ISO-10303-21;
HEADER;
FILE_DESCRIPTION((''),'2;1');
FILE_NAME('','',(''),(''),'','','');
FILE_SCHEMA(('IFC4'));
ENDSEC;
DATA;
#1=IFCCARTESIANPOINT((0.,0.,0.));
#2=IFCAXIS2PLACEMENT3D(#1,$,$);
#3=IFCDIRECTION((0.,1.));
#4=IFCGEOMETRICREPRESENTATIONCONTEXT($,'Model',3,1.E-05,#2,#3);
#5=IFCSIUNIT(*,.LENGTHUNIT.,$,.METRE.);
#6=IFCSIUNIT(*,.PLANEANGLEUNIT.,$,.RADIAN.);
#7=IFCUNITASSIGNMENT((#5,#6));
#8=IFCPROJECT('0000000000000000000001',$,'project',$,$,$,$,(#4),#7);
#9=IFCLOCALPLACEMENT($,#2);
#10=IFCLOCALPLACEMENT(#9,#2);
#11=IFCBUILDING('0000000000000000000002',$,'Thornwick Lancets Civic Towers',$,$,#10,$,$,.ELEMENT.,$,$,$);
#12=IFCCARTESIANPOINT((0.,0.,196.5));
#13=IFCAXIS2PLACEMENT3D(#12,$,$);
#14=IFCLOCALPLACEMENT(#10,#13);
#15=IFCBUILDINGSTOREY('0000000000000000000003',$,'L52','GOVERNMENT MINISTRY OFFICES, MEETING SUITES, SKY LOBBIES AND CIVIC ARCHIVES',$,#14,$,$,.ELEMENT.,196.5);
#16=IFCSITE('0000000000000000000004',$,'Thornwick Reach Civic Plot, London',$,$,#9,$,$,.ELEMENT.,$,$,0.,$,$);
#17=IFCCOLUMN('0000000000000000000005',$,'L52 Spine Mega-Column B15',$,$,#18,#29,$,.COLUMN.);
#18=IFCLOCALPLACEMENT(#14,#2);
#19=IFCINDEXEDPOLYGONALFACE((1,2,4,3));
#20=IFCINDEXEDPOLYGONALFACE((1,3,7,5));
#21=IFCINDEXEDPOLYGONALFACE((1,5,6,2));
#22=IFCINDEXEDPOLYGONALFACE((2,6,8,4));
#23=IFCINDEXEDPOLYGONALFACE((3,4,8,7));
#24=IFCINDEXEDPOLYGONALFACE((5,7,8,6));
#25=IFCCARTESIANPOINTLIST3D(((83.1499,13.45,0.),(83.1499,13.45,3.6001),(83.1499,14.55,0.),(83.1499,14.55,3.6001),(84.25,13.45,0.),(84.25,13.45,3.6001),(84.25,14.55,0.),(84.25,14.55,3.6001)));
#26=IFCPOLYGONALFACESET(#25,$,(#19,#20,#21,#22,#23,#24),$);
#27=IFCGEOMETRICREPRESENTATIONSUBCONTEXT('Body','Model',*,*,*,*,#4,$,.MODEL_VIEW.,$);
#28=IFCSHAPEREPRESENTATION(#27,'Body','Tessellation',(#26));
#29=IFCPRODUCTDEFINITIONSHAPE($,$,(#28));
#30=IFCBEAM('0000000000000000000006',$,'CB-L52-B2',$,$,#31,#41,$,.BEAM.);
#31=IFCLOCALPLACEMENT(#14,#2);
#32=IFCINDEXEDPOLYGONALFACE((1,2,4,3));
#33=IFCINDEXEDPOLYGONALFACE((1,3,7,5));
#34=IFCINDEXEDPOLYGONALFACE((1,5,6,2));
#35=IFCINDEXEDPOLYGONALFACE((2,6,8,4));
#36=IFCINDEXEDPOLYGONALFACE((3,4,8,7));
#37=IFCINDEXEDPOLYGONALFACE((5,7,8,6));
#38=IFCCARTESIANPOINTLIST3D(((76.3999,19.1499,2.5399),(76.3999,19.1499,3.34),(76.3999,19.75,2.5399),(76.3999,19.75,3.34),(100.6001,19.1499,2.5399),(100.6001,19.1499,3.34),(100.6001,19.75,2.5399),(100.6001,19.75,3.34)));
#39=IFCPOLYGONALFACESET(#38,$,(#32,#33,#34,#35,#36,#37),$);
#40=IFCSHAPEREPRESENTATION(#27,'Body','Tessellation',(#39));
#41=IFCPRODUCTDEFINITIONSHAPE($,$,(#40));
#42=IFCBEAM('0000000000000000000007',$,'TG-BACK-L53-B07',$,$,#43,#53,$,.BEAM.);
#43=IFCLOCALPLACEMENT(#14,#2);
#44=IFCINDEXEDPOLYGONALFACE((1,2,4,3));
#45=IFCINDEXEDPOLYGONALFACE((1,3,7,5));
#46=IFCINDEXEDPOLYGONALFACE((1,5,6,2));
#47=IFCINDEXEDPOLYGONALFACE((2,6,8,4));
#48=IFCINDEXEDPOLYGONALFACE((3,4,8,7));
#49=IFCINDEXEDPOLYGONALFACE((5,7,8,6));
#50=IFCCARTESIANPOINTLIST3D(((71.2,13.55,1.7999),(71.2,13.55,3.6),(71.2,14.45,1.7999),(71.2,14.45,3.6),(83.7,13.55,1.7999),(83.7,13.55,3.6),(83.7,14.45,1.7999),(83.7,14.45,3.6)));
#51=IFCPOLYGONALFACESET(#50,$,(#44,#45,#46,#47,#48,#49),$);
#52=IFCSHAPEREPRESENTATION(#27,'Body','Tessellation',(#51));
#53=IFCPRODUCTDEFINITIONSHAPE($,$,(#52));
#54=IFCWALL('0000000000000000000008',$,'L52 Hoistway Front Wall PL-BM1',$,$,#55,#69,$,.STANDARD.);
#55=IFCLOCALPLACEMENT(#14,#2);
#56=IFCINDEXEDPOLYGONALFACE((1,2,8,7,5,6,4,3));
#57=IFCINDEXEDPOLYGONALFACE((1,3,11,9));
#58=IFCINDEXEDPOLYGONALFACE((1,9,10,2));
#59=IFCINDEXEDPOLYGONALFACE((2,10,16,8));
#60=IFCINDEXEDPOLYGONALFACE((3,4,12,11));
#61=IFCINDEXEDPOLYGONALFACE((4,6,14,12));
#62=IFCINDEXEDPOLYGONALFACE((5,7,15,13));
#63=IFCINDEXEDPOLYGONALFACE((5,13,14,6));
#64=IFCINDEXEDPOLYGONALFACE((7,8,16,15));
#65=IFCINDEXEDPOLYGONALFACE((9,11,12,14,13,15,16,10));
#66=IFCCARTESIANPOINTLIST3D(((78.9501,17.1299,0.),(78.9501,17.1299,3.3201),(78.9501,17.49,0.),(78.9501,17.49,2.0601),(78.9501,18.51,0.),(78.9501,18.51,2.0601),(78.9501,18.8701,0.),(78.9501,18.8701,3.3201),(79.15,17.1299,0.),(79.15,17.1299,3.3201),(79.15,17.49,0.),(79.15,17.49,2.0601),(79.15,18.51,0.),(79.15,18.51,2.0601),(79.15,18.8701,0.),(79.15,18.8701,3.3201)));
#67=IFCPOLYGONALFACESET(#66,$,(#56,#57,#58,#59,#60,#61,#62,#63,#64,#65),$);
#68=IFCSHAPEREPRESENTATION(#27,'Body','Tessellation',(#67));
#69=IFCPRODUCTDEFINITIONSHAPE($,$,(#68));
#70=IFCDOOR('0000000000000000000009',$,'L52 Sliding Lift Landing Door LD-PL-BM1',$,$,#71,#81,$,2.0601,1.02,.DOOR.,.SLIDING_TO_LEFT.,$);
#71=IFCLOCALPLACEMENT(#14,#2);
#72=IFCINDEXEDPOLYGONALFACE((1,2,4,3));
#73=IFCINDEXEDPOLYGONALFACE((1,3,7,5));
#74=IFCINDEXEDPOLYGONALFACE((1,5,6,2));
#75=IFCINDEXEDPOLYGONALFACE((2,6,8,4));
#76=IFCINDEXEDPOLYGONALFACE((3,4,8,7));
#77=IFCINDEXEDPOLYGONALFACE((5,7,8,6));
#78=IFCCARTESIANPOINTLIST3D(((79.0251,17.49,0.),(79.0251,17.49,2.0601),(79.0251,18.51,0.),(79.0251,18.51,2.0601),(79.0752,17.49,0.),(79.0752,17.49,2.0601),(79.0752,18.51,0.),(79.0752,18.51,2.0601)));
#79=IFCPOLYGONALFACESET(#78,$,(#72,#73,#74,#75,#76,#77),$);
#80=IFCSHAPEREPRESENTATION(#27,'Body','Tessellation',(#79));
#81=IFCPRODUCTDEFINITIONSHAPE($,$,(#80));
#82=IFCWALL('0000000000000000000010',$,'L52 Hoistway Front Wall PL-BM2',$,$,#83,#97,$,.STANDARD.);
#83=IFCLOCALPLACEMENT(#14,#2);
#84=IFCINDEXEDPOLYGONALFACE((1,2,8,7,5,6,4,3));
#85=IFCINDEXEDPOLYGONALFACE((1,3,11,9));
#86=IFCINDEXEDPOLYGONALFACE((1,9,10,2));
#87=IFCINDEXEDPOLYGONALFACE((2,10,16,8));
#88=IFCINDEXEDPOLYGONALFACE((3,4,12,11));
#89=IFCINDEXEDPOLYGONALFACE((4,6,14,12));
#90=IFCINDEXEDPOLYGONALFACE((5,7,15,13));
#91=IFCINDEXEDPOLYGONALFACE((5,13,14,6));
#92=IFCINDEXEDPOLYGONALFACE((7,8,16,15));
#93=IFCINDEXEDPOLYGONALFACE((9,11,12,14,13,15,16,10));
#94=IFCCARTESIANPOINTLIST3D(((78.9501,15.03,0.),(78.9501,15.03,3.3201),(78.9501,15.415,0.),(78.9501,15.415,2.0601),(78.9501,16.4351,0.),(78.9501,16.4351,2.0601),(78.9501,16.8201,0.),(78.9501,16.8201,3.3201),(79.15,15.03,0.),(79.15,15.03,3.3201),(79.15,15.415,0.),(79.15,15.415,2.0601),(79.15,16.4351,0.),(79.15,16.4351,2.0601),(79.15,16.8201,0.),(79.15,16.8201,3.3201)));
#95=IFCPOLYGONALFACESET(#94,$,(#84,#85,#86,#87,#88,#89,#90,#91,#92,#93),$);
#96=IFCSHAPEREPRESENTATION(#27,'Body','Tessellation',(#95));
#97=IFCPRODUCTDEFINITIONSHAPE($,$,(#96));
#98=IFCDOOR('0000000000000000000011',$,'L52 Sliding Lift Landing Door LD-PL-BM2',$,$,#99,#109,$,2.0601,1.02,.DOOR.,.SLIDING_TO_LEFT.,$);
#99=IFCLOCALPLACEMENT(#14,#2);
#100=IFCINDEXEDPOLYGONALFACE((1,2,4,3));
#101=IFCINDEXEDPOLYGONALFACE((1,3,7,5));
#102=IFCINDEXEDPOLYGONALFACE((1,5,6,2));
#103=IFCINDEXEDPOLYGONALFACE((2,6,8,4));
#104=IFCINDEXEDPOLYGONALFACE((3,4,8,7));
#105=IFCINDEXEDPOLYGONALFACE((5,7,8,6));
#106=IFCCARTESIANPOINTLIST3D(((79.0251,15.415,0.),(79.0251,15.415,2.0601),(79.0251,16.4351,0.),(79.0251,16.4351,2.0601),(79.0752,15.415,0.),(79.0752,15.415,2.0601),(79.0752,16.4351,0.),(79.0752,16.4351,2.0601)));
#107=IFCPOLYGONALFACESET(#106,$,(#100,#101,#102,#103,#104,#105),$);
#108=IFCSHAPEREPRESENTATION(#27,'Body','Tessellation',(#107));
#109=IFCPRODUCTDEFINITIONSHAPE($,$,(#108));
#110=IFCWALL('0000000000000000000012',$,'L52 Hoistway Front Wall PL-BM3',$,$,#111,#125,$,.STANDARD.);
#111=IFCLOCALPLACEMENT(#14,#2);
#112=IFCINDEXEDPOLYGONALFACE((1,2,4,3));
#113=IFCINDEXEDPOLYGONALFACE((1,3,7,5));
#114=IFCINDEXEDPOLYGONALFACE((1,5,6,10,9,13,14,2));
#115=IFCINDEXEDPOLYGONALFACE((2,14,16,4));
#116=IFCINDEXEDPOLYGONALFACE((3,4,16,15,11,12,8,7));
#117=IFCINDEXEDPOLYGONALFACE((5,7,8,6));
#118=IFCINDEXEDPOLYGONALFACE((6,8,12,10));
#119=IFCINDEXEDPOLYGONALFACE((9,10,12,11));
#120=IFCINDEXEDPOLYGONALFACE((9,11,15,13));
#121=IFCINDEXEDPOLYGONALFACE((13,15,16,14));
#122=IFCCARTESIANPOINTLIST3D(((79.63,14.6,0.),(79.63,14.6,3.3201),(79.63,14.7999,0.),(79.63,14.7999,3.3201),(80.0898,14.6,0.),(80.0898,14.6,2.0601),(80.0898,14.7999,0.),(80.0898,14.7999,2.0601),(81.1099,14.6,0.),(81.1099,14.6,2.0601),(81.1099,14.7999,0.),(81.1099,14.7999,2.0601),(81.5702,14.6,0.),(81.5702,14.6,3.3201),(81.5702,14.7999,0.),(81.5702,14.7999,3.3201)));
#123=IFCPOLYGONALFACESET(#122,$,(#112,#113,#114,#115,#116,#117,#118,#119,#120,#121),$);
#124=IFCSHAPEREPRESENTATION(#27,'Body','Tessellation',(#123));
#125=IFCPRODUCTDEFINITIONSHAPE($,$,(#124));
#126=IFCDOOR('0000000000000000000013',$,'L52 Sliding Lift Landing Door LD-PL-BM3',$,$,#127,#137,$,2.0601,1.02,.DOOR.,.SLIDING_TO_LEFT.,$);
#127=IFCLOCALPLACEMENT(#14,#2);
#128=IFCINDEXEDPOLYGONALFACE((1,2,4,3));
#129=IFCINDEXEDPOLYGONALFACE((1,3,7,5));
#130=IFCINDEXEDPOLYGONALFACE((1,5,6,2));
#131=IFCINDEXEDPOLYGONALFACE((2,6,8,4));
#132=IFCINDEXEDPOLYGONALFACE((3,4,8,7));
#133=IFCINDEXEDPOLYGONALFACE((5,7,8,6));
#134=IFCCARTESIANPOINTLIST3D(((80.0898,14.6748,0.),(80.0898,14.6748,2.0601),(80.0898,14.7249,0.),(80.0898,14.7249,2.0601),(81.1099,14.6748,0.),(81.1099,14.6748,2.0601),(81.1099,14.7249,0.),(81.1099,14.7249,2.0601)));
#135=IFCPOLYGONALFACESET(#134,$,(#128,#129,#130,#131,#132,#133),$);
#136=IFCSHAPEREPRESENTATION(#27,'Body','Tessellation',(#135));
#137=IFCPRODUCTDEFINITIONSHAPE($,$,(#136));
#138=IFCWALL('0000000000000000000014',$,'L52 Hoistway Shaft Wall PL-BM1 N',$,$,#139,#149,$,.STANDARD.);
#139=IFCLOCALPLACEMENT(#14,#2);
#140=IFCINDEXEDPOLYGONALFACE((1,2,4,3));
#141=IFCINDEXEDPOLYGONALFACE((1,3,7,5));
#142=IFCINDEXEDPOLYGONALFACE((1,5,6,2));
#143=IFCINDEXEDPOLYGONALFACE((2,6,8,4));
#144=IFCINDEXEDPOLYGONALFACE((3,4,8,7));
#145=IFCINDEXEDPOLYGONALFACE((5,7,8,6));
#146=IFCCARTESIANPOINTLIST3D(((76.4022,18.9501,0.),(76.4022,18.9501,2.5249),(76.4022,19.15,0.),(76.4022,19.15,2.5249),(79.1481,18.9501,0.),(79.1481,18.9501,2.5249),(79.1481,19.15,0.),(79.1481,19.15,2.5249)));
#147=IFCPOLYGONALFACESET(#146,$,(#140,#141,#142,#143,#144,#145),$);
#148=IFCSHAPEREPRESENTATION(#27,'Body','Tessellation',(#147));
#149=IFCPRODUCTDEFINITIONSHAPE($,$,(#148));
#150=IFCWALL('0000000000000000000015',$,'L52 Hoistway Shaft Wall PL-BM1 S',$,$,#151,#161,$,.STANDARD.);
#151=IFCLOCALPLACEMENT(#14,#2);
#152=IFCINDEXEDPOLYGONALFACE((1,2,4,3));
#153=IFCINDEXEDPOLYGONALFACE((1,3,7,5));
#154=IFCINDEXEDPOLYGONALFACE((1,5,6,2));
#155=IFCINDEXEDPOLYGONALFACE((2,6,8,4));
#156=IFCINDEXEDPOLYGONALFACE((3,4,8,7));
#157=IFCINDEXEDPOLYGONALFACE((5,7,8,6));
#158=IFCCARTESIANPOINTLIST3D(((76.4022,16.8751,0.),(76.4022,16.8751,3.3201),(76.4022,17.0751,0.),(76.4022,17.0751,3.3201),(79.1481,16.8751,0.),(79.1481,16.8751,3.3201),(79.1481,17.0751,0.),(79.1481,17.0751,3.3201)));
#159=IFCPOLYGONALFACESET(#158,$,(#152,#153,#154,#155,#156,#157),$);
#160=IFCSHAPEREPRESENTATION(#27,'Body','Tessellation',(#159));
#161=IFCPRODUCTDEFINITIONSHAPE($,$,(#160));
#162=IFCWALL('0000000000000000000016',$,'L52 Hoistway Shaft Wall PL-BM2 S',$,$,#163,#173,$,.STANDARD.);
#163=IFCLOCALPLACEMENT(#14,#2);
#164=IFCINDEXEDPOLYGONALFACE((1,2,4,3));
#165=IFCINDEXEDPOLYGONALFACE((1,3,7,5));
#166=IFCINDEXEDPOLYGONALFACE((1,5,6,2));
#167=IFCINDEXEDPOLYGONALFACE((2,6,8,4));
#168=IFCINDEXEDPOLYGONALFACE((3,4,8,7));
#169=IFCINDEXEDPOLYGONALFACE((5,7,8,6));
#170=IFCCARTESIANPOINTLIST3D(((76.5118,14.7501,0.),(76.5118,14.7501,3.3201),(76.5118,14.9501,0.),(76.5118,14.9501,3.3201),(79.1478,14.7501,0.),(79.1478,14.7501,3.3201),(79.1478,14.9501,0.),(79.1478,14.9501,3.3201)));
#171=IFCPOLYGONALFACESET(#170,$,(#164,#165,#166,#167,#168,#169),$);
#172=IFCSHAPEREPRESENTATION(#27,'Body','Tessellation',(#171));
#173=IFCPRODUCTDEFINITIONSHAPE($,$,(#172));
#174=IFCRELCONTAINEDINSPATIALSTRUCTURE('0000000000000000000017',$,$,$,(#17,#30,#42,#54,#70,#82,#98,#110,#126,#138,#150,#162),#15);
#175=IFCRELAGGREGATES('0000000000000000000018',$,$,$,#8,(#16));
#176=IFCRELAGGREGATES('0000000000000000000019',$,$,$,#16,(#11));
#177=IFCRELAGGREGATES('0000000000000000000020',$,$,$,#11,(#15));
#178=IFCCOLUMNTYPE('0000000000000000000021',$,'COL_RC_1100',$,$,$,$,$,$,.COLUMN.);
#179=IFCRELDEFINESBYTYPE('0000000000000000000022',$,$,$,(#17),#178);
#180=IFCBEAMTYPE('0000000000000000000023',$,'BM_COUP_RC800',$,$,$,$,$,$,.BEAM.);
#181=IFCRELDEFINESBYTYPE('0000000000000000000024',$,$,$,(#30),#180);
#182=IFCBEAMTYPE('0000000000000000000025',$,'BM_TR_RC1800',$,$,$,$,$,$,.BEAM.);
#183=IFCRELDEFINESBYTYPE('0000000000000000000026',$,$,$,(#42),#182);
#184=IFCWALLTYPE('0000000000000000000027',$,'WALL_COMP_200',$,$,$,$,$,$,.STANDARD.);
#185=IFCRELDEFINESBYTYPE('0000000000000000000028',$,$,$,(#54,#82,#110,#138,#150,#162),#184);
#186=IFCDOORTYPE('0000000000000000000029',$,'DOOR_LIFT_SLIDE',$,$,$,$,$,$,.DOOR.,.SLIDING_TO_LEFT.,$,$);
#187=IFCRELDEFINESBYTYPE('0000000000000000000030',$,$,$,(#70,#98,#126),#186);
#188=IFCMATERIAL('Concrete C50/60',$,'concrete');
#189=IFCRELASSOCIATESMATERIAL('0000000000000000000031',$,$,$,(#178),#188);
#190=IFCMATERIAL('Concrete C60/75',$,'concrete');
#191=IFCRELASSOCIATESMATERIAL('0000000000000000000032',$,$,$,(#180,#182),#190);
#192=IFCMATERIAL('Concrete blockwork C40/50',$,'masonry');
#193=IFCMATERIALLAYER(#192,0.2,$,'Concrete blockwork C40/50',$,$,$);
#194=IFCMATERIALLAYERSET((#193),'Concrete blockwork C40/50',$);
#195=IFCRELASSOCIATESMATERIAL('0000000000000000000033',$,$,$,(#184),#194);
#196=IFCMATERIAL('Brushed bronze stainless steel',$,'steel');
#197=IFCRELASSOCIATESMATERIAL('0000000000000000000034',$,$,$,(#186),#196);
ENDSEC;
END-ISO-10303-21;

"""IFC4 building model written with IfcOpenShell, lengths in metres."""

from ifc_helpers import new_model, si_unit, direction, frame, frame_2d, origin, origin_2d, place, context, subcontext, project, spatial, rectangle, extrude, material, layer, layer_set, material_profile, profile_set, type_object, element, fill, save


model = new_model("IFC4")

# Units and contexts
model_context = context("Model", 3, precision=1e-05, world=origin(), true_north=direction((0.0, 1.0)))
body_context = subcontext(model_context, "Body", "Model", "MODEL_VIEW")
ifc_project = project(units=[si_unit("LENGTHUNIT", "METRE"), si_unit("PLANEANGLEUNIT", "RADIAN")], contexts=[model_context])

# Site, building, storey
site_placement = place(None, origin())
site = spatial("IfcSite", under=ifc_project, at=site_placement, Name="Thornwick Reach Civic Plot, London", CompositionType="ELEMENT", RefElevation=0.0)
building_placement = place(site_placement, origin())
building = spatial("IfcBuilding", under=site, at=building_placement, Name="Thornwick Lancets Civic Towers", CompositionType="ELEMENT")
storey_placement = place(building_placement, frame((0.0, 0.0, 196.5)))
storey = spatial("IfcBuildingStorey", under=building, at=storey_placement, Name="L52", Description="GOVERNMENT MINISTRY OFFICES, MEETING SUITES, SKY LOBBIES AND CIVIC ARCHIVES", CompositionType="ELEMENT", Elevation=196.5)

# Column
ifc_material_1 = material(Name="Concrete C50/60", Category="concrete")
ifc_material_profile_1 = material_profile(ifc_material_1, rectangle(XDim=1.1001, YDim=1.1001, at=origin_2d()), Name="RC 1100x1100")
ifc_profile_set_1 = profile_set([ifc_material_profile_1], Name="Concrete C50/60")
column_type = type_object("IfcColumnType", Name="COL_RC_1100", PredefinedType="COLUMN", material=ifc_profile_set_1)
column_placement = place(storey_placement, frame((83.7, 14.0, 0.0), z_axis=(0.0, 0.0, 1.0), x_axis=(1.0, 0.0, 0.0)))
element("IfcColumn", 1, at=column_placement, inside=storey, type_object=column_type, Name="L52 Spine Mega-Column B15", PredefinedType="COLUMN", context=body_context, shape_type="SweptSolid", body=[
    extrude(rectangle(XDim=1.1001, YDim=1.1001, at=origin_2d()), origin(), (0.0, 0.0, 1.0), 3.6001),
])

# Beams
ifc_material_2 = material(Name="Concrete C60/75", Category="concrete")
ifc_material_profile_2 = material_profile(ifc_material_2, rectangle(XDim=0.6001, YDim=0.8, at=origin_2d()), Name="RC 600x800")
ifc_profile_set_2 = profile_set([ifc_material_profile_2], Name="Concrete C60/75")
beam_type_1 = type_object("IfcBeamType", Name="BM_COUP_RC800", PredefinedType="BEAM", material=ifc_profile_set_2)
beam_1_placement = place(storey_placement, frame((76.3999, 19.45, 2.9399), z_axis=(1.0, 0.0, 0.0), x_axis=(0.0, 1.0, 0.0)))
element("IfcBeam", 2, at=beam_1_placement, inside=storey, type_object=beam_type_1, Name="CB-L52-B2", PredefinedType="BEAM", context=body_context, shape_type="SweptSolid", body=[
    extrude(rectangle(XDim=0.6001, YDim=0.8, at=origin_2d()), origin(), (0.0, 0.0, 1.0), 24.2002),
])
ifc_material_profile_3 = material_profile(ifc_material_2, rectangle(XDim=0.8999, YDim=1.8, at=origin_2d()), Name="RC 900x1800")
ifc_profile_set_3 = profile_set([ifc_material_profile_3], Name="Concrete C60/75")
beam_type_2 = type_object("IfcBeamType", Name="BM_TR_RC1800", PredefinedType="BEAM", material=ifc_profile_set_3)
beam_2_placement = place(storey_placement, frame((83.7, 14.0, 2.7), z_axis=(-1.0, 0.0, 0.0), x_axis=(0.0, -1.0, 0.0)))
element("IfcBeam", 3, at=beam_2_placement, inside=storey, type_object=beam_type_2, Name="TG-BACK-L53-B07", PredefinedType="BEAM", context=body_context, shape_type="SweptSolid", body=[
    extrude(rectangle(XDim=0.8999, YDim=1.8, at=origin_2d()), origin(), (0.0, 0.0, 1.0), 12.5),
])

# Walls, openings, doors
ifc_material_3 = material(Name="Concrete blockwork C40/50", Category="masonry")
ifc_layer_1 = layer(ifc_material_3, 0.2, Name="Concrete blockwork C40/50")
ifc_layer_set_1 = layer_set([ifc_layer_1], Name="Concrete blockwork C40/50")
wall_type_1 = type_object("IfcWallType", Name="WALL_COMP_200", PredefinedType="STANDARD", material=ifc_layer_set_1)
wall_1_placement = place(storey_placement, frame((79.05, 17.1299, 0.0), z_axis=(0.0, 0.0, 1.0), x_axis=(0.0, 1.0, 0.0)))
wall_1 = element("IfcWall", 4, at=wall_1_placement, inside=storey, type_object=wall_type_1, Name="L52 Hoistway Front Wall PL-BM1", PredefinedType="STANDARD", context=body_context, shape_type="SweptSolid", body=[
    extrude(rectangle(XDim=1.7402, YDim=0.2, at=frame_2d((0.8701, 0.0))), origin(), (0.0, 0.0, 1.0), 3.3201),
])
opening_1_placement = place(wall_1_placement, frame((0.3601, 0.0, 0.0)))
opening_1 = element("IfcOpeningElement", 5, at=opening_1_placement, cuts=wall_1, PredefinedType="OPENING", context=body_context, shape_type="SweptSolid", body=[
    extrude(rectangle(XDim=1.02, YDim=2.0601, at=frame_2d((0.51, 1.03))), frame((0.0, 0.1099, 0.0), z_axis=(0.0, -1.0, 0.0), x_axis=(1.0, 0.0, 0.0)), (0.0, 0.0, 1.0), 0.22),
])
ifc_material_4 = material(Name="Brushed bronze stainless steel", Category="steel")
door_type_1 = type_object("IfcDoorType", Name="DOOR_LIFT_SLIDE", OperationType="SLIDING_TO_LEFT", PredefinedType="DOOR", material=ifc_material_4)
door_1_placement = place(opening_1_placement, origin())
door_1 = element("IfcDoor", 6, at=door_1_placement, inside=storey, type_object=door_type_1, Name="L52 Sliding Lift Landing Door LD-PL-BM1", OperationType="SLIDING_TO_LEFT", OverallHeight=2.0601, OverallWidth=1.02, PredefinedType="DOOR", context=body_context, shape_type="SweptSolid", body=[
    extrude(rectangle(XDim=1.02, YDim=2.0601, at=frame_2d((0.51, 1.03))), frame((0.0, 0.0249, 0.0), z_axis=(0.0, -1.0, 0.0), x_axis=(1.0, 0.0, 0.0)), (0.0, 0.0, 1.0), 0.05),
])
fill(opening_1, door_1)
wall_2_placement = place(storey_placement, frame((79.05, 15.03, 0.0), z_axis=(0.0, 0.0, 1.0), x_axis=(0.0, 1.0, 0.0)))
wall_2 = element("IfcWall", 7, at=wall_2_placement, inside=storey, type_object=wall_type_1, Name="L52 Hoistway Front Wall PL-BM2", PredefinedType="STANDARD", context=body_context, shape_type="SweptSolid", body=[
    extrude(rectangle(XDim=1.79, YDim=0.2, at=frame_2d((0.895, 0.0))), origin(), (0.0, 0.0, 1.0), 3.3201),
])
opening_2_placement = place(wall_2_placement, frame((0.385, 0.0, 0.0)))
opening_2 = element("IfcOpeningElement", 8, at=opening_2_placement, cuts=wall_2, PredefinedType="OPENING", context=body_context, shape_type="SweptSolid", body=[
    extrude(rectangle(XDim=1.02, YDim=2.0601, at=frame_2d((0.51, 1.03))), frame((0.0, 0.1099, 0.0), z_axis=(0.0, -1.0, 0.0), x_axis=(1.0, 0.0, 0.0)), (0.0, 0.0, 1.0), 0.22),
])
door_2_placement = place(opening_2_placement, origin())
door_2 = element("IfcDoor", 9, at=door_2_placement, inside=storey, type_object=door_type_1, Name="L52 Sliding Lift Landing Door LD-PL-BM2", OperationType="SLIDING_TO_LEFT", OverallHeight=2.0601, OverallWidth=1.02, PredefinedType="DOOR", context=body_context, shape_type="SweptSolid", body=[
    extrude(rectangle(XDim=1.02, YDim=2.0601, at=frame_2d((0.51, 1.03))), frame((0.0, 0.0249, 0.0), z_axis=(0.0, -1.0, 0.0), x_axis=(1.0, 0.0, 0.0)), (0.0, 0.0, 1.0), 0.05),
])
fill(opening_2, door_2)
wall_3_placement = place(storey_placement, frame((79.6299, 14.7, 0.0), z_axis=(0.0, 0.0, 1.0), x_axis=(1.0, 0.0, 0.0)))
wall_3 = element("IfcWall", 10, at=wall_3_placement, inside=storey, type_object=wall_type_1, Name="L52 Hoistway Front Wall PL-BM3", PredefinedType="STANDARD", context=body_context, shape_type="SweptSolid", body=[
    extrude(rectangle(XDim=1.9402, YDim=0.2, at=frame_2d((0.9702, 0.0))), origin(), (0.0, 0.0, 1.0), 3.3201),
])
opening_3_placement = place(wall_3_placement, frame((0.46, 0.0, 0.0)))
opening_3 = element("IfcOpeningElement", 11, at=opening_3_placement, cuts=wall_3, PredefinedType="OPENING", context=body_context, shape_type="SweptSolid", body=[
    extrude(rectangle(XDim=1.02, YDim=2.0601, at=frame_2d((0.51, 1.03))), frame((0.0, 0.1099, 0.0), z_axis=(0.0, -1.0, 0.0), x_axis=(1.0, 0.0, 0.0)), (0.0, 0.0, 1.0), 0.22),
])
door_3_placement = place(opening_3_placement, origin())
door_3 = element("IfcDoor", 12, at=door_3_placement, inside=storey, type_object=door_type_1, Name="L52 Sliding Lift Landing Door LD-PL-BM3", OperationType="SLIDING_TO_LEFT", OverallHeight=2.0601, OverallWidth=1.02, PredefinedType="DOOR", context=body_context, shape_type="SweptSolid", body=[
    extrude(rectangle(XDim=1.02, YDim=2.0601, at=frame_2d((0.51, 1.03))), frame((0.0, 0.0249, 0.0), z_axis=(0.0, -1.0, 0.0), x_axis=(1.0, 0.0, 0.0)), (0.0, 0.0, 1.0), 0.05),
])
fill(opening_3, door_3)

# Walls
wall_4_placement = place(storey_placement, frame((76.4021, 19.05, 0.0), z_axis=(0.0, 0.0, 1.0), x_axis=(1.0, 0.0, 0.0)))
element("IfcWall", 13, at=wall_4_placement, inside=storey, type_object=wall_type_1, Name="L52 Hoistway Shaft Wall PL-BM1 N", PredefinedType="STANDARD", context=body_context, shape_type="SweptSolid", body=[
    extrude(rectangle(XDim=2.7458, YDim=0.2, at=frame_2d((1.373, 0.0))), origin(), (0.0, 0.0, 1.0), 2.5249),
])
wall_5_placement = place(storey_placement, frame((76.4021, 16.9751, 0.0), z_axis=(0.0, 0.0, 1.0), x_axis=(1.0, 0.0, 0.0)))
element("IfcWall", 14, at=wall_5_placement, inside=storey, type_object=wall_type_1, Name="L52 Hoistway Shaft Wall PL-BM1 S", PredefinedType="STANDARD", context=body_context, shape_type="SweptSolid", body=[
    extrude(rectangle(XDim=2.7458, YDim=0.2, at=frame_2d((1.373, 0.0))), origin(), (0.0, 0.0, 1.0), 3.3201),
])
wall_6_placement = place(storey_placement, frame((76.512, 14.8501, 0.0), z_axis=(0.0, 0.0, 1.0), x_axis=(1.0, 0.0, 0.0)))
element("IfcWall", 15, at=wall_6_placement, inside=storey, type_object=wall_type_1, Name="L52 Hoistway Shaft Wall PL-BM2 S", PredefinedType="STANDARD", context=body_context, shape_type="SweptSolid", body=[
    extrude(rectangle(XDim=2.636, YDim=0.2, at=frame_2d((1.3179, 0.0))), origin(), (0.0, 0.0, 1.0), 3.3201),
])

save(model, "model.ifc")
